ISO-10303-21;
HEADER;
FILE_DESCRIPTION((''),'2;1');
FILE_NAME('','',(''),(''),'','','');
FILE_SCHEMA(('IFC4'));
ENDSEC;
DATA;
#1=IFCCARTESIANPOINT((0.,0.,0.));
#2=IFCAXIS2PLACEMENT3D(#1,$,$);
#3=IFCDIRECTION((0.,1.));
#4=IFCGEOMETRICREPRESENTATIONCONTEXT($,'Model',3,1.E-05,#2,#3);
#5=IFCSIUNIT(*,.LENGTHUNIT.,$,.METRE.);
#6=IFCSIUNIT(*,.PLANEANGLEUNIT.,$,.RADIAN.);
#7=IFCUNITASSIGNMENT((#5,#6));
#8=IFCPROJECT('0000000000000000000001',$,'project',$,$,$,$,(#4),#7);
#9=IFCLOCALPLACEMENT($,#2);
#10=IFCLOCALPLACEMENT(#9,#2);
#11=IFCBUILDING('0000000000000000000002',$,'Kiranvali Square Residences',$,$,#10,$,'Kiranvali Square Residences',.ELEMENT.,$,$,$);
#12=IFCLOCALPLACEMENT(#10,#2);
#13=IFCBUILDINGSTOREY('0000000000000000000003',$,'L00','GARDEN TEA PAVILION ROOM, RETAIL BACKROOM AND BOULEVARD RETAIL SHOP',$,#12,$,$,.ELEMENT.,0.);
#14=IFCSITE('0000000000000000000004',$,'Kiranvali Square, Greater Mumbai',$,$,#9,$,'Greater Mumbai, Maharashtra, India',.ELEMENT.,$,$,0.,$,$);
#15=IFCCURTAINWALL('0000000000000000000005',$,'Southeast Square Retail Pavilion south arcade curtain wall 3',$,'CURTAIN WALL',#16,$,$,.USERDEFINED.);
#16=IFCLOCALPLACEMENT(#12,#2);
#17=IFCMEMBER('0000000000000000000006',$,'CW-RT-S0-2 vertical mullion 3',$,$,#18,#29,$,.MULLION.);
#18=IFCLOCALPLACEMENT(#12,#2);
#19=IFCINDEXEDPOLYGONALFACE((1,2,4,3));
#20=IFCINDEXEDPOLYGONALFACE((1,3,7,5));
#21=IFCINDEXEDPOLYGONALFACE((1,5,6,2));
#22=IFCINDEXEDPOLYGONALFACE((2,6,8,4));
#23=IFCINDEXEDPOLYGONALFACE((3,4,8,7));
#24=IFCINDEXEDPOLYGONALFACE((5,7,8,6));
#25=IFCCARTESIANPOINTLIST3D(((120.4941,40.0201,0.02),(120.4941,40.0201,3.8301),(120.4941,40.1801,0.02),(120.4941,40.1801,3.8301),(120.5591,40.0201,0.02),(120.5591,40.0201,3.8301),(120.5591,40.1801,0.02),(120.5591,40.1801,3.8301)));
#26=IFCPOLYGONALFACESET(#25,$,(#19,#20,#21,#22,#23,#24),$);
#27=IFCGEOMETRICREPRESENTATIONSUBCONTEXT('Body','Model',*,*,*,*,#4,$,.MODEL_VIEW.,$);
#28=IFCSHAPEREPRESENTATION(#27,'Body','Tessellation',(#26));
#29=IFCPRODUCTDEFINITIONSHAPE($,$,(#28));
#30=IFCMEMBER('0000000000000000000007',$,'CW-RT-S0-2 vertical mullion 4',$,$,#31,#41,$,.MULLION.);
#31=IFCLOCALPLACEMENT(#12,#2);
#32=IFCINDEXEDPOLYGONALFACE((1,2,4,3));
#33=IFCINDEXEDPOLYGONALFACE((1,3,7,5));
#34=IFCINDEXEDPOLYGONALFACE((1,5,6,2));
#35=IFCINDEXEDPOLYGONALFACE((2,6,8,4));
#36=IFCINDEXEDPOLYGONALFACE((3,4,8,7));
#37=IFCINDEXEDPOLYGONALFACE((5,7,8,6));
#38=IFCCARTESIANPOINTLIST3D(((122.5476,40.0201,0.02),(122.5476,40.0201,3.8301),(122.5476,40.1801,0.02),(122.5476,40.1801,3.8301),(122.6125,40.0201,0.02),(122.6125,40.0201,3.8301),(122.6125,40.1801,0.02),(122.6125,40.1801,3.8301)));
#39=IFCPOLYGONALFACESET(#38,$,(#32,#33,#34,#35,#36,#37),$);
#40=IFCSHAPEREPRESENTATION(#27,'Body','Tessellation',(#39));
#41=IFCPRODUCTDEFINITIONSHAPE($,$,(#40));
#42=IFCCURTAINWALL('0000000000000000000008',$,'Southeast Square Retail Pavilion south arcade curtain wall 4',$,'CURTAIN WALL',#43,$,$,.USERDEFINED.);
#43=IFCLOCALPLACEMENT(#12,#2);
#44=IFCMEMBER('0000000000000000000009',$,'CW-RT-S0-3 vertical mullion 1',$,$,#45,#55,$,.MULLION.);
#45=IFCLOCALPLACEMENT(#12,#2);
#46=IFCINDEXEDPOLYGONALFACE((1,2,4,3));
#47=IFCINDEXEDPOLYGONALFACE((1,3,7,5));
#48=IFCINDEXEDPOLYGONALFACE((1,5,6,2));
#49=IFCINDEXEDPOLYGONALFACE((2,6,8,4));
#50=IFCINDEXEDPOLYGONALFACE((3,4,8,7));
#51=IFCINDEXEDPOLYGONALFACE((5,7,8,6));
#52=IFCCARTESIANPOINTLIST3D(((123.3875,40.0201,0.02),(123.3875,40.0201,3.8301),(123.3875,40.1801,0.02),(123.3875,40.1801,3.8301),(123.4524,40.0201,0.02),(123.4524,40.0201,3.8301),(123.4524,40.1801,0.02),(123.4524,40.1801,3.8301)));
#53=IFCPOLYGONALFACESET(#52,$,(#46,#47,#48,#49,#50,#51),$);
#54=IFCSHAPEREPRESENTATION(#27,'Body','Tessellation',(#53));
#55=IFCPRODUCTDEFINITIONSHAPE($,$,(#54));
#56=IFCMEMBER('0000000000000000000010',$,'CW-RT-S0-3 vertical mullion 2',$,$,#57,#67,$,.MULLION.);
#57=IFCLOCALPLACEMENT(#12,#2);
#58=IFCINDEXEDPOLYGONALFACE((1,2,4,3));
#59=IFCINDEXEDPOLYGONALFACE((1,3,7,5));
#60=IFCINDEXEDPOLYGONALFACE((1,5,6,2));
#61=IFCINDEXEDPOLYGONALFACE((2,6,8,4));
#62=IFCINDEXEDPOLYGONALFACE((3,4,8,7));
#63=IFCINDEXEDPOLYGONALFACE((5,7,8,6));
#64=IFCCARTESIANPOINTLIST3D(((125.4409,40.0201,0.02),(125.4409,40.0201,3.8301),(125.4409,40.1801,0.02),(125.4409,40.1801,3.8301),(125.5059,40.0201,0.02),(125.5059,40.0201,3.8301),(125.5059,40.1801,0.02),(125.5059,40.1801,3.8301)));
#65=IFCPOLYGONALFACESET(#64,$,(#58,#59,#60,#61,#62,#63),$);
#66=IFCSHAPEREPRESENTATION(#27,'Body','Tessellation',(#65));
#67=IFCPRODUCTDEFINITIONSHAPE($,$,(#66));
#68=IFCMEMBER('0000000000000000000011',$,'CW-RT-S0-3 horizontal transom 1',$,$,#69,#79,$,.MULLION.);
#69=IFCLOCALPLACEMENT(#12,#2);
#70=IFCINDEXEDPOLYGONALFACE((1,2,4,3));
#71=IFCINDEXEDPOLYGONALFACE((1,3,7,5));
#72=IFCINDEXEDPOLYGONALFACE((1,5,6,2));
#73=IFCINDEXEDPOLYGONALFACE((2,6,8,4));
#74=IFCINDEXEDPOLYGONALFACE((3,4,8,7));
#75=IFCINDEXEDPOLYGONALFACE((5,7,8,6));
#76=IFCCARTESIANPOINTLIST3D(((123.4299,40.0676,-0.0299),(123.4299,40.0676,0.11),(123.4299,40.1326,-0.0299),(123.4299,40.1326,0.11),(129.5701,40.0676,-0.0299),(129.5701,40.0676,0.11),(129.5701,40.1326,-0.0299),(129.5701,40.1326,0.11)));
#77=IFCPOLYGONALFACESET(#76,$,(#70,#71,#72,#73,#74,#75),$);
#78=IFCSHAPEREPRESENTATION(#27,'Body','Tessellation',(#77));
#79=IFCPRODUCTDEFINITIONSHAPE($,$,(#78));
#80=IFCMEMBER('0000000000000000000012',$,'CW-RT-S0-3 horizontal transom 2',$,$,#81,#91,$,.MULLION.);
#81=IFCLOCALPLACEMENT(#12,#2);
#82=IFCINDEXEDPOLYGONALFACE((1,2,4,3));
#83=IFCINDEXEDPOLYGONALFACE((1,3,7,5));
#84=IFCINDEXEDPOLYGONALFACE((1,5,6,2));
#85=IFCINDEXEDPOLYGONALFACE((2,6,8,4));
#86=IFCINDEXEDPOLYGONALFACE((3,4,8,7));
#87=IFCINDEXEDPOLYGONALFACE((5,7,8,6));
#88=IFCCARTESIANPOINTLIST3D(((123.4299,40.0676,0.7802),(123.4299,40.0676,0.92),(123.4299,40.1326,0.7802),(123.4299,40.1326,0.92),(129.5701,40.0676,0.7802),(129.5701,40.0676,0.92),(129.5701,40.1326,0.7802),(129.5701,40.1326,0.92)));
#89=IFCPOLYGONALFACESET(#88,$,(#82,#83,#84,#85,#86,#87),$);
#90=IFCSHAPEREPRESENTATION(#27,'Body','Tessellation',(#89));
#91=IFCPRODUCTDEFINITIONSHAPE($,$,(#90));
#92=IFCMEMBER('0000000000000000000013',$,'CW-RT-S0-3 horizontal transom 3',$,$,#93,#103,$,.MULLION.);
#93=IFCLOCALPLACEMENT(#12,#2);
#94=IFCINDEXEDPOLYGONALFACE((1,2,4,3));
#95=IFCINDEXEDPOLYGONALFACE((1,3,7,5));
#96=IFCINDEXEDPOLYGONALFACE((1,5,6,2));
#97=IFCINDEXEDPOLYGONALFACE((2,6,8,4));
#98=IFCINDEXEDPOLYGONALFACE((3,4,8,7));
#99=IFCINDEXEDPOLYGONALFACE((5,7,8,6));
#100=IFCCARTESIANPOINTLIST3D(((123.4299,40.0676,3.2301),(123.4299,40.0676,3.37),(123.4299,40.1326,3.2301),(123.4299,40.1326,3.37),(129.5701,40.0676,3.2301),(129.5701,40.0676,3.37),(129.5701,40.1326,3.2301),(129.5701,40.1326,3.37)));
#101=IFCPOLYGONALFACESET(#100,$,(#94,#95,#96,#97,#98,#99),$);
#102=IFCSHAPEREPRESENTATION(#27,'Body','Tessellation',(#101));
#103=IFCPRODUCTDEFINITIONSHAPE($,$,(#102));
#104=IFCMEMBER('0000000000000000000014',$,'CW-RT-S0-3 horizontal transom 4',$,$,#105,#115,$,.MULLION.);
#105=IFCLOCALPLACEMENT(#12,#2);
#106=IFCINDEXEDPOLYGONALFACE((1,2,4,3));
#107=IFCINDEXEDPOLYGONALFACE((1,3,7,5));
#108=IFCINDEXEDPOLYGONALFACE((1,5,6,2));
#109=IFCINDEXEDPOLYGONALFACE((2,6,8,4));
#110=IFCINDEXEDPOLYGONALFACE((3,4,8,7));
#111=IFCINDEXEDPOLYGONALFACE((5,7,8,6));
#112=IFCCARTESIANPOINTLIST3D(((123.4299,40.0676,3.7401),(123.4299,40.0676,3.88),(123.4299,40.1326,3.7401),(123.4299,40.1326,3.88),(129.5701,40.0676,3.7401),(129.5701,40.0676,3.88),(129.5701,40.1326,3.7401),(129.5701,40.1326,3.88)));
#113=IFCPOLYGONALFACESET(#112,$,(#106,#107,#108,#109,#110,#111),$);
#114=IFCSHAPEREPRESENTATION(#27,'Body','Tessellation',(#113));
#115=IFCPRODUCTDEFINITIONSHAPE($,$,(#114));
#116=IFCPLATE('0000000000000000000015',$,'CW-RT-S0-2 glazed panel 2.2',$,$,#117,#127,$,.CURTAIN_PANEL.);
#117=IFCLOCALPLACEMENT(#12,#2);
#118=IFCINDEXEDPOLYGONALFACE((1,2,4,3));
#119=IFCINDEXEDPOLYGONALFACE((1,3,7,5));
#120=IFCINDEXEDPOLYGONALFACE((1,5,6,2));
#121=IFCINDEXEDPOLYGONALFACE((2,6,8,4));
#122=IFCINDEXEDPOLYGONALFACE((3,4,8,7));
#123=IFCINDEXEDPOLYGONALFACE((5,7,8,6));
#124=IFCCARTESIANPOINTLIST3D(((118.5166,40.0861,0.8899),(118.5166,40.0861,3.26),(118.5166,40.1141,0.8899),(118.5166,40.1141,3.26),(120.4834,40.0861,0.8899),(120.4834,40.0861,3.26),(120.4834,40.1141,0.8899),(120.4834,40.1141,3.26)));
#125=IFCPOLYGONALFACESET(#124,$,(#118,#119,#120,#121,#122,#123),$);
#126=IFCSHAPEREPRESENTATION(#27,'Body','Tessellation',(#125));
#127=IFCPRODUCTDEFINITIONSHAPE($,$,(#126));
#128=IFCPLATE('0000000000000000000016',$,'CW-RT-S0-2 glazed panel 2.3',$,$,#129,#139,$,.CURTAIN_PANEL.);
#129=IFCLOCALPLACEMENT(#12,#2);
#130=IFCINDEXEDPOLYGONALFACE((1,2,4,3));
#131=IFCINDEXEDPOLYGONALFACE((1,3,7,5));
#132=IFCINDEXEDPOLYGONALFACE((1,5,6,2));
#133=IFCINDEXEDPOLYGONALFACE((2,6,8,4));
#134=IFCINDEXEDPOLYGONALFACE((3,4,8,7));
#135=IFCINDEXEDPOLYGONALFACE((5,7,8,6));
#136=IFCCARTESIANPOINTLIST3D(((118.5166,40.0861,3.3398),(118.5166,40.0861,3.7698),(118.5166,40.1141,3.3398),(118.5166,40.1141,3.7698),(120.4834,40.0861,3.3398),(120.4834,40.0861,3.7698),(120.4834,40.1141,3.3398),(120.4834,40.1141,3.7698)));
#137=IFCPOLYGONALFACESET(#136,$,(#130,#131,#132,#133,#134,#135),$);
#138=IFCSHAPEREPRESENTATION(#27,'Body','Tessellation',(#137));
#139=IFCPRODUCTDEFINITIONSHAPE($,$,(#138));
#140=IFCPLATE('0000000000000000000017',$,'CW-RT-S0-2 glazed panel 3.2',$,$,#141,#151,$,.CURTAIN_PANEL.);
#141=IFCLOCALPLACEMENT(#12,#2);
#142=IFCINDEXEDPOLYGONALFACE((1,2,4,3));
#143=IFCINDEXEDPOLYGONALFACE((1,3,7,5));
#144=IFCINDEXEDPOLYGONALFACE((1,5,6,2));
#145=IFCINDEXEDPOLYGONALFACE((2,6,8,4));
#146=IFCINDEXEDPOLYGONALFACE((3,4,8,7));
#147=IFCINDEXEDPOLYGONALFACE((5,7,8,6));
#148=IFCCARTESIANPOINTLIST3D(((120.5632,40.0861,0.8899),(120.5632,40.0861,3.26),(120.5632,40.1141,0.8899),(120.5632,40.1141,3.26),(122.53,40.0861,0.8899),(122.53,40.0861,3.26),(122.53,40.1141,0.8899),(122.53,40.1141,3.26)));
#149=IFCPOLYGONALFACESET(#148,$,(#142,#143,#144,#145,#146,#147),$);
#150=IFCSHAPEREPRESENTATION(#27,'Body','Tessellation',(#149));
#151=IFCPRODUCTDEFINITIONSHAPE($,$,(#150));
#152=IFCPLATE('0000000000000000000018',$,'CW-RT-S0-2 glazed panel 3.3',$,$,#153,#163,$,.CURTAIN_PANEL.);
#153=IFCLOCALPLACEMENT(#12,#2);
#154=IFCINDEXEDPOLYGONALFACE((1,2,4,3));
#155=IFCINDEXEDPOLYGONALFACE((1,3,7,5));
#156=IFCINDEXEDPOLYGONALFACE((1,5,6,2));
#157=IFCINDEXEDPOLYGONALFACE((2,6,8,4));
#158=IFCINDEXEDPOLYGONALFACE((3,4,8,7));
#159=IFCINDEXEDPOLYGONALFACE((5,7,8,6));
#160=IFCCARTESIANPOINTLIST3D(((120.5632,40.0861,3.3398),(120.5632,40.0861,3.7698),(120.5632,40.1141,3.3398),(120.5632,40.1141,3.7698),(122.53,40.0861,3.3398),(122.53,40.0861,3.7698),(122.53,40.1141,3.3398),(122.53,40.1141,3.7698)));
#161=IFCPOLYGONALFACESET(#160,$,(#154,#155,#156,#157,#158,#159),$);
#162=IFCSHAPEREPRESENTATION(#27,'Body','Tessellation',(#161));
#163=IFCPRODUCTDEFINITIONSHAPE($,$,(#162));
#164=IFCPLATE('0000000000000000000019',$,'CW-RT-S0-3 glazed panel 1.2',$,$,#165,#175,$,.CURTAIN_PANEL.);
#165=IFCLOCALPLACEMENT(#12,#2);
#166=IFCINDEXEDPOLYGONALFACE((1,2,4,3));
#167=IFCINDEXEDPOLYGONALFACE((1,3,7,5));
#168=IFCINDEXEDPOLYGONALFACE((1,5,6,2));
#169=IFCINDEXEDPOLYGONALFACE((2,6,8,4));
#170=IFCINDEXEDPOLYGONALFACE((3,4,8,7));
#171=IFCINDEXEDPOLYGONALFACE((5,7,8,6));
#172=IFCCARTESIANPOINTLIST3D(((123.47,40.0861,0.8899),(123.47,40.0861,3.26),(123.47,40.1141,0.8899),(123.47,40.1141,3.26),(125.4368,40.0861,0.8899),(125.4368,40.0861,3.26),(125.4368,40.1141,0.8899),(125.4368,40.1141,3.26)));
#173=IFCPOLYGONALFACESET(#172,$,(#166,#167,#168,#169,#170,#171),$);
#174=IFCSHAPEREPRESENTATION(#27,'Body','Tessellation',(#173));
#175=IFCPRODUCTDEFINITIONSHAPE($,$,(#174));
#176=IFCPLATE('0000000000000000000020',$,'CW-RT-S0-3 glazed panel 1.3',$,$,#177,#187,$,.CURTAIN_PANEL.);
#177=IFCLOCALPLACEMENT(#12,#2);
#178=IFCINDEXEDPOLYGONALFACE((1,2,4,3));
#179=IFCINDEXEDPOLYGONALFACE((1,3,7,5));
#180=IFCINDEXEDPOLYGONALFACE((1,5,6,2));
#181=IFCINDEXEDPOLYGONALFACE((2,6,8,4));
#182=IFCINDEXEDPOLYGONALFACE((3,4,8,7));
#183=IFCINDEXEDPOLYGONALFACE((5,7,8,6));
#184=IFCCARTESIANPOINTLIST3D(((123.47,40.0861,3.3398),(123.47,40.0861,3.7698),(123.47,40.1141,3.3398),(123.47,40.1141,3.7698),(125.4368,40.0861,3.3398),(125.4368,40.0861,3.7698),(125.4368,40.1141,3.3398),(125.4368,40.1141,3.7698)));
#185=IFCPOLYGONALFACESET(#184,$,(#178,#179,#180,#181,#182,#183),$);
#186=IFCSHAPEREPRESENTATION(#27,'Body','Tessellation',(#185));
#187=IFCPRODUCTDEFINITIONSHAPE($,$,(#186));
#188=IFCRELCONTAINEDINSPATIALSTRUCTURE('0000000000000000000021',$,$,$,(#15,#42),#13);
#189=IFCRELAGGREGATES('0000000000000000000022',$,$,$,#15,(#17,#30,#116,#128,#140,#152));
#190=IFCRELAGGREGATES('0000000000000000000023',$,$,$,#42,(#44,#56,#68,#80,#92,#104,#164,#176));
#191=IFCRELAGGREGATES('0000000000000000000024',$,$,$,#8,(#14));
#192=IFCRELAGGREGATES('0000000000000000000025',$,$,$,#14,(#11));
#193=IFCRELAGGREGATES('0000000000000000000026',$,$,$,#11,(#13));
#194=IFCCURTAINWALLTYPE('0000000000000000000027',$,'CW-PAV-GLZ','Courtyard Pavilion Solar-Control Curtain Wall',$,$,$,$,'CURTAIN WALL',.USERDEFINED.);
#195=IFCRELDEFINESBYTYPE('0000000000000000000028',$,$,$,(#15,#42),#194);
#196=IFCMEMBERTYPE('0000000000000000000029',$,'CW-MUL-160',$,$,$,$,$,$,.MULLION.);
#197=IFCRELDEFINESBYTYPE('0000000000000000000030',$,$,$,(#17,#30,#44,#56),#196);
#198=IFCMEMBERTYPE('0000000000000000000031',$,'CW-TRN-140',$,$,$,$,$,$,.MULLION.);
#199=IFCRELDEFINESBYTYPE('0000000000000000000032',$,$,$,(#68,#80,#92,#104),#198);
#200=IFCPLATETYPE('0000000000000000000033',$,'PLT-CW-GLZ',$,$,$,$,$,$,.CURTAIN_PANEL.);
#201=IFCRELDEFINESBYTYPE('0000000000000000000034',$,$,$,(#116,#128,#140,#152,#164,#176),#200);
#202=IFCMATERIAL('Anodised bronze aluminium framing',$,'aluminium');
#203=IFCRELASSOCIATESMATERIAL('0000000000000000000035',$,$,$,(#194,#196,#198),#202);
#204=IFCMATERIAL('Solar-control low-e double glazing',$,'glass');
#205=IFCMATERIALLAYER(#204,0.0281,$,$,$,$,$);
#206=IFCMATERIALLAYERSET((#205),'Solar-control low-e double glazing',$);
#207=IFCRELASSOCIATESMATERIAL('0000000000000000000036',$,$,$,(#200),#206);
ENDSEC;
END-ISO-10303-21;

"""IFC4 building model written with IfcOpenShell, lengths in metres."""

from ifc_helpers import new_model, si_unit, direction, frame, origin, origin_2d, place, context, subcontext, project, spatial, rectangle, extrude, material, layer, layer_set, material_profile, profile_set, type_object, element, aggregate, save


model = new_model("IFC4")

# Units and contexts
model_context = context("Model", 3, precision=1e-05, world=origin(), true_north=direction((0.0, 1.0)))
body_context = subcontext(model_context, "Body", "Model", "MODEL_VIEW")
ifc_project = project(units=[si_unit("LENGTHUNIT", "METRE"), si_unit("PLANEANGLEUNIT", "RADIAN")], contexts=[model_context])

# Site, building, storey
site_placement = place(None, origin())
site = spatial("IfcSite", under=ifc_project, at=site_placement, Name="Kiranvali Square, Greater Mumbai", LongName="Greater Mumbai, Maharashtra, India", CompositionType="ELEMENT", RefElevation=0.0)
building_placement = place(site_placement, origin())
building = spatial("IfcBuilding", under=site, at=building_placement, Name="Kiranvali Square Residences", LongName="Kiranvali Square Residences", CompositionType="ELEMENT")
storey_placement = place(building_placement, origin())
storey = spatial("IfcBuildingStorey", under=building, at=storey_placement, Name="L00", Description="GARDEN TEA PAVILION ROOM, RETAIL BACKROOM AND BOULEVARD RETAIL SHOP", CompositionType="ELEMENT", Elevation=0.0)

# Curtain walls, members
ifc_material_1 = material(Name="Anodised bronze aluminium framing", Category="aluminium")
curtain_wall_type = type_object("IfcCurtainWallType", Name="CW-PAV-GLZ", Description="Courtyard Pavilion Solar-Control Curtain Wall", ElementType="CURTAIN WALL", PredefinedType="USERDEFINED", material=ifc_material_1)
curtain_wall_1_placement = place(storey_placement, origin())
curtain_wall_1 = element("IfcCurtainWall", 1, at=curtain_wall_1_placement, inside=storey, type_object=curtain_wall_type, Name="Southeast Square Retail Pavilion south arcade curtain wall 3", ObjectType="CURTAIN WALL", PredefinedType="USERDEFINED")
ifc_material_profile_1 = material_profile(ifc_material_1, rectangle(XDim=0.0649, YDim=0.1599, at=origin_2d()), Name="ALU 65x160")
ifc_profile_set_1 = profile_set([ifc_material_profile_1], Name="Anodised bronze aluminium framing")
member_type_1 = type_object("IfcMemberType", Name="CW-MUL-160", PredefinedType="MULLION", material=ifc_profile_set_1)
member_1_placement = place(storey_placement, frame((120.5266, 40.1001, 0.02), z_axis=(0.0, 0.0, 1.0), x_axis=(1.0, 0.0, 0.0)))
member_1 = element("IfcMember", 2, at=member_1_placement, type_object=member_type_1, Name="CW-RT-S0-2 vertical mullion 3", PredefinedType="MULLION", context=body_context, shape_type="SweptSolid", body=[
    extrude(rectangle(XDim=0.0649, YDim=0.1599, at=origin_2d()), origin(), (0.0, 0.0, 1.0), 3.8101),
])
member_2_placement = place(storey_placement, frame((122.5801, 40.1001, 0.02), z_axis=(0.0, 0.0, 1.0), x_axis=(1.0, 0.0, 0.0)))
member_2 = element("IfcMember", 3, at=member_2_placement, type_object=member_type_1, Name="CW-RT-S0-2 vertical mullion 4", PredefinedType="MULLION", context=body_context, shape_type="SweptSolid", body=[
    extrude(rectangle(XDim=0.0649, YDim=0.1599, at=origin_2d()), origin(), (0.0, 0.0, 1.0), 3.8101),
])
curtain_wall_2_placement = place(storey_placement, origin())
curtain_wall_2 = element("IfcCurtainWall", 4, at=curtain_wall_2_placement, inside=storey, type_object=curtain_wall_type, Name="Southeast Square Retail Pavilion south arcade curtain wall 4", ObjectType="CURTAIN WALL", PredefinedType="USERDEFINED")
member_3_placement = place(storey_placement, frame((123.4199, 40.1001, 0.02), z_axis=(0.0, 0.0, 1.0), x_axis=(1.0, 0.0, 0.0)))
member_3 = element("IfcMember", 5, at=member_3_placement, type_object=member_type_1, Name="CW-RT-S0-3 vertical mullion 1", PredefinedType="MULLION", context=body_context, shape_type="SweptSolid", body=[
    extrude(rectangle(XDim=0.0649, YDim=0.1599, at=origin_2d()), origin(), (0.0, 0.0, 1.0), 3.8101),
])
member_4_placement = place(storey_placement, frame((125.4734, 40.1001, 0.02), z_axis=(0.0, 0.0, 1.0), x_axis=(1.0, 0.0, 0.0)))
member_4 = element("IfcMember", 6, at=member_4_placement, type_object=member_type_1, Name="CW-RT-S0-3 vertical mullion 2", PredefinedType="MULLION", context=body_context, shape_type="SweptSolid", body=[
    extrude(rectangle(XDim=0.0649, YDim=0.1599, at=origin_2d()), origin(), (0.0, 0.0, 1.0), 3.8101),
])
ifc_material_profile_2 = material_profile(ifc_material_1, rectangle(XDim=0.0649, YDim=0.1399, at=origin_2d()), Name="ALU 65x140")
ifc_profile_set_2 = profile_set([ifc_material_profile_2], Name="Anodised bronze aluminium framing")
member_type_2 = type_object("IfcMemberType", Name="CW-TRN-140", PredefinedType="MULLION", material=ifc_profile_set_2)
member_5_placement = place(storey_placement, frame((123.4299, 40.1001, 0.04), z_axis=(1.0, 0.0, 0.0), x_axis=(0.0, 1.0, 0.0)))
member_5 = element("IfcMember", 7, at=member_5_placement, type_object=member_type_2, Name="CW-RT-S0-3 horizontal transom 1", PredefinedType="MULLION", context=body_context, shape_type="SweptSolid", body=[
    extrude(rectangle(XDim=0.0649, YDim=0.1399, at=origin_2d()), origin(), (0.0, 0.0, 1.0), 6.1401),
])
member_6_placement = place(storey_placement, frame((123.4299, 40.1001, 0.8501), z_axis=(1.0, 0.0, 0.0), x_axis=(0.0, 1.0, 0.0)))
member_6 = element("IfcMember", 8, at=member_6_placement, type_object=member_type_2, Name="CW-RT-S0-3 horizontal transom 2", PredefinedType="MULLION", context=body_context, shape_type="SweptSolid", body=[
    extrude(rectangle(XDim=0.0649, YDim=0.1399, at=origin_2d()), origin(), (0.0, 0.0, 1.0), 6.1401),
])
member_7_placement = place(storey_placement, frame((123.4299, 40.1001, 3.3), z_axis=(1.0, 0.0, 0.0), x_axis=(0.0, 1.0, 0.0)))
member_7 = element("IfcMember", 9, at=member_7_placement, type_object=member_type_2, Name="CW-RT-S0-3 horizontal transom 3", PredefinedType="MULLION", context=body_context, shape_type="SweptSolid", body=[
    extrude(rectangle(XDim=0.0649, YDim=0.1399, at=origin_2d()), origin(), (0.0, 0.0, 1.0), 6.1401),
])
member_8_placement = place(storey_placement, frame((123.4299, 40.1001, 3.8101), z_axis=(1.0, 0.0, 0.0), x_axis=(0.0, 1.0, 0.0)))
member_8 = element("IfcMember", 10, at=member_8_placement, type_object=member_type_2, Name="CW-RT-S0-3 horizontal transom 4", PredefinedType="MULLION", context=body_context, shape_type="SweptSolid", body=[
    extrude(rectangle(XDim=0.0649, YDim=0.1399, at=origin_2d()), origin(), (0.0, 0.0, 1.0), 6.1401),
])

# Plates
ifc_material_2 = material(Name="Solar-control low-e double glazing", Category="glass")
ifc_layer_1 = layer(ifc_material_2, 0.0281)
ifc_layer_set_1 = layer_set([ifc_layer_1], Name="Solar-control low-e double glazing")
plate_type_1 = type_object("IfcPlateType", Name="PLT-CW-GLZ", PredefinedType="CURTAIN_PANEL", material=ifc_layer_set_1)
plate_1_placement = place(storey_placement, frame((119.5, 40.1001, 0.8899), z_axis=(0.0, 0.0, 1.0), x_axis=(1.0, 0.0, 0.0)))
plate_1 = element("IfcPlate", 11, at=plate_1_placement, type_object=plate_type_1, Name="CW-RT-S0-2 glazed panel 2.2", PredefinedType="CURTAIN_PANEL", context=body_context, shape_type="SweptSolid", body=[
    extrude(rectangle(XDim=1.9668, YDim=0.0281, at=origin_2d()), origin(), (0.0, 0.0, 1.0), 2.3701),
])
plate_2_placement = place(storey_placement, frame((119.5, 40.1001, 3.3398), z_axis=(0.0, 0.0, 1.0), x_axis=(1.0, 0.0, 0.0)))
plate_2 = element("IfcPlate", 12, at=plate_2_placement, type_object=plate_type_1, Name="CW-RT-S0-2 glazed panel 2.3", PredefinedType="CURTAIN_PANEL", context=body_context, shape_type="SweptSolid", body=[
    extrude(rectangle(XDim=1.9668, YDim=0.0281, at=origin_2d()), origin(), (0.0, 0.0, 1.0), 0.4299),
])
plate_3_placement = place(storey_placement, frame((121.5466, 40.1001, 0.8899), z_axis=(0.0, 0.0, 1.0), x_axis=(1.0, 0.0, 0.0)))
plate_3 = element("IfcPlate", 13, at=plate_3_placement, type_object=plate_type_1, Name="CW-RT-S0-2 glazed panel 3.2", PredefinedType="CURTAIN_PANEL", context=body_context, shape_type="SweptSolid", body=[
    extrude(rectangle(XDim=1.9668, YDim=0.0281, at=origin_2d()), origin(), (0.0, 0.0, 1.0), 2.3701),
])
plate_4_placement = place(storey_placement, frame((121.5466, 40.1001, 3.3398), z_axis=(0.0, 0.0, 1.0), x_axis=(1.0, 0.0, 0.0)))
plate_4 = element("IfcPlate", 14, at=plate_4_placement, type_object=plate_type_1, Name="CW-RT-S0-2 glazed panel 3.3", PredefinedType="CURTAIN_PANEL", context=body_context, shape_type="SweptSolid", body=[
    extrude(rectangle(XDim=1.9668, YDim=0.0281, at=origin_2d()), origin(), (0.0, 0.0, 1.0), 0.4299),
])
plate_5_placement = place(storey_placement, frame((124.4534, 40.1001, 0.8899), z_axis=(0.0, 0.0, 1.0), x_axis=(1.0, 0.0, 0.0)))
plate_5 = element("IfcPlate", 15, at=plate_5_placement, type_object=plate_type_1, Name="CW-RT-S0-3 glazed panel 1.2", PredefinedType="CURTAIN_PANEL", context=body_context, shape_type="SweptSolid", body=[
    extrude(rectangle(XDim=1.9668, YDim=0.0281, at=origin_2d()), origin(), (0.0, 0.0, 1.0), 2.3701),
])
plate_6_placement = place(storey_placement, frame((124.4534, 40.1001, 3.3398), z_axis=(0.0, 0.0, 1.0), x_axis=(1.0, 0.0, 0.0)))
plate_6 = element("IfcPlate", 16, at=plate_6_placement, type_object=plate_type_1, Name="CW-RT-S0-3 glazed panel 1.3", PredefinedType="CURTAIN_PANEL", context=body_context, shape_type="SweptSolid", body=[
    extrude(rectangle(XDim=1.9668, YDim=0.0281, at=origin_2d()), origin(), (0.0, 0.0, 1.0), 0.4299),
])
aggregate(curtain_wall_1, [member_1, member_2, plate_1, plate_2, plate_3, plate_4])
aggregate(curtain_wall_2, [member_3, member_4, member_5, member_6, member_7, member_8, plate_5, plate_6])

save(model, "model.ifc")
